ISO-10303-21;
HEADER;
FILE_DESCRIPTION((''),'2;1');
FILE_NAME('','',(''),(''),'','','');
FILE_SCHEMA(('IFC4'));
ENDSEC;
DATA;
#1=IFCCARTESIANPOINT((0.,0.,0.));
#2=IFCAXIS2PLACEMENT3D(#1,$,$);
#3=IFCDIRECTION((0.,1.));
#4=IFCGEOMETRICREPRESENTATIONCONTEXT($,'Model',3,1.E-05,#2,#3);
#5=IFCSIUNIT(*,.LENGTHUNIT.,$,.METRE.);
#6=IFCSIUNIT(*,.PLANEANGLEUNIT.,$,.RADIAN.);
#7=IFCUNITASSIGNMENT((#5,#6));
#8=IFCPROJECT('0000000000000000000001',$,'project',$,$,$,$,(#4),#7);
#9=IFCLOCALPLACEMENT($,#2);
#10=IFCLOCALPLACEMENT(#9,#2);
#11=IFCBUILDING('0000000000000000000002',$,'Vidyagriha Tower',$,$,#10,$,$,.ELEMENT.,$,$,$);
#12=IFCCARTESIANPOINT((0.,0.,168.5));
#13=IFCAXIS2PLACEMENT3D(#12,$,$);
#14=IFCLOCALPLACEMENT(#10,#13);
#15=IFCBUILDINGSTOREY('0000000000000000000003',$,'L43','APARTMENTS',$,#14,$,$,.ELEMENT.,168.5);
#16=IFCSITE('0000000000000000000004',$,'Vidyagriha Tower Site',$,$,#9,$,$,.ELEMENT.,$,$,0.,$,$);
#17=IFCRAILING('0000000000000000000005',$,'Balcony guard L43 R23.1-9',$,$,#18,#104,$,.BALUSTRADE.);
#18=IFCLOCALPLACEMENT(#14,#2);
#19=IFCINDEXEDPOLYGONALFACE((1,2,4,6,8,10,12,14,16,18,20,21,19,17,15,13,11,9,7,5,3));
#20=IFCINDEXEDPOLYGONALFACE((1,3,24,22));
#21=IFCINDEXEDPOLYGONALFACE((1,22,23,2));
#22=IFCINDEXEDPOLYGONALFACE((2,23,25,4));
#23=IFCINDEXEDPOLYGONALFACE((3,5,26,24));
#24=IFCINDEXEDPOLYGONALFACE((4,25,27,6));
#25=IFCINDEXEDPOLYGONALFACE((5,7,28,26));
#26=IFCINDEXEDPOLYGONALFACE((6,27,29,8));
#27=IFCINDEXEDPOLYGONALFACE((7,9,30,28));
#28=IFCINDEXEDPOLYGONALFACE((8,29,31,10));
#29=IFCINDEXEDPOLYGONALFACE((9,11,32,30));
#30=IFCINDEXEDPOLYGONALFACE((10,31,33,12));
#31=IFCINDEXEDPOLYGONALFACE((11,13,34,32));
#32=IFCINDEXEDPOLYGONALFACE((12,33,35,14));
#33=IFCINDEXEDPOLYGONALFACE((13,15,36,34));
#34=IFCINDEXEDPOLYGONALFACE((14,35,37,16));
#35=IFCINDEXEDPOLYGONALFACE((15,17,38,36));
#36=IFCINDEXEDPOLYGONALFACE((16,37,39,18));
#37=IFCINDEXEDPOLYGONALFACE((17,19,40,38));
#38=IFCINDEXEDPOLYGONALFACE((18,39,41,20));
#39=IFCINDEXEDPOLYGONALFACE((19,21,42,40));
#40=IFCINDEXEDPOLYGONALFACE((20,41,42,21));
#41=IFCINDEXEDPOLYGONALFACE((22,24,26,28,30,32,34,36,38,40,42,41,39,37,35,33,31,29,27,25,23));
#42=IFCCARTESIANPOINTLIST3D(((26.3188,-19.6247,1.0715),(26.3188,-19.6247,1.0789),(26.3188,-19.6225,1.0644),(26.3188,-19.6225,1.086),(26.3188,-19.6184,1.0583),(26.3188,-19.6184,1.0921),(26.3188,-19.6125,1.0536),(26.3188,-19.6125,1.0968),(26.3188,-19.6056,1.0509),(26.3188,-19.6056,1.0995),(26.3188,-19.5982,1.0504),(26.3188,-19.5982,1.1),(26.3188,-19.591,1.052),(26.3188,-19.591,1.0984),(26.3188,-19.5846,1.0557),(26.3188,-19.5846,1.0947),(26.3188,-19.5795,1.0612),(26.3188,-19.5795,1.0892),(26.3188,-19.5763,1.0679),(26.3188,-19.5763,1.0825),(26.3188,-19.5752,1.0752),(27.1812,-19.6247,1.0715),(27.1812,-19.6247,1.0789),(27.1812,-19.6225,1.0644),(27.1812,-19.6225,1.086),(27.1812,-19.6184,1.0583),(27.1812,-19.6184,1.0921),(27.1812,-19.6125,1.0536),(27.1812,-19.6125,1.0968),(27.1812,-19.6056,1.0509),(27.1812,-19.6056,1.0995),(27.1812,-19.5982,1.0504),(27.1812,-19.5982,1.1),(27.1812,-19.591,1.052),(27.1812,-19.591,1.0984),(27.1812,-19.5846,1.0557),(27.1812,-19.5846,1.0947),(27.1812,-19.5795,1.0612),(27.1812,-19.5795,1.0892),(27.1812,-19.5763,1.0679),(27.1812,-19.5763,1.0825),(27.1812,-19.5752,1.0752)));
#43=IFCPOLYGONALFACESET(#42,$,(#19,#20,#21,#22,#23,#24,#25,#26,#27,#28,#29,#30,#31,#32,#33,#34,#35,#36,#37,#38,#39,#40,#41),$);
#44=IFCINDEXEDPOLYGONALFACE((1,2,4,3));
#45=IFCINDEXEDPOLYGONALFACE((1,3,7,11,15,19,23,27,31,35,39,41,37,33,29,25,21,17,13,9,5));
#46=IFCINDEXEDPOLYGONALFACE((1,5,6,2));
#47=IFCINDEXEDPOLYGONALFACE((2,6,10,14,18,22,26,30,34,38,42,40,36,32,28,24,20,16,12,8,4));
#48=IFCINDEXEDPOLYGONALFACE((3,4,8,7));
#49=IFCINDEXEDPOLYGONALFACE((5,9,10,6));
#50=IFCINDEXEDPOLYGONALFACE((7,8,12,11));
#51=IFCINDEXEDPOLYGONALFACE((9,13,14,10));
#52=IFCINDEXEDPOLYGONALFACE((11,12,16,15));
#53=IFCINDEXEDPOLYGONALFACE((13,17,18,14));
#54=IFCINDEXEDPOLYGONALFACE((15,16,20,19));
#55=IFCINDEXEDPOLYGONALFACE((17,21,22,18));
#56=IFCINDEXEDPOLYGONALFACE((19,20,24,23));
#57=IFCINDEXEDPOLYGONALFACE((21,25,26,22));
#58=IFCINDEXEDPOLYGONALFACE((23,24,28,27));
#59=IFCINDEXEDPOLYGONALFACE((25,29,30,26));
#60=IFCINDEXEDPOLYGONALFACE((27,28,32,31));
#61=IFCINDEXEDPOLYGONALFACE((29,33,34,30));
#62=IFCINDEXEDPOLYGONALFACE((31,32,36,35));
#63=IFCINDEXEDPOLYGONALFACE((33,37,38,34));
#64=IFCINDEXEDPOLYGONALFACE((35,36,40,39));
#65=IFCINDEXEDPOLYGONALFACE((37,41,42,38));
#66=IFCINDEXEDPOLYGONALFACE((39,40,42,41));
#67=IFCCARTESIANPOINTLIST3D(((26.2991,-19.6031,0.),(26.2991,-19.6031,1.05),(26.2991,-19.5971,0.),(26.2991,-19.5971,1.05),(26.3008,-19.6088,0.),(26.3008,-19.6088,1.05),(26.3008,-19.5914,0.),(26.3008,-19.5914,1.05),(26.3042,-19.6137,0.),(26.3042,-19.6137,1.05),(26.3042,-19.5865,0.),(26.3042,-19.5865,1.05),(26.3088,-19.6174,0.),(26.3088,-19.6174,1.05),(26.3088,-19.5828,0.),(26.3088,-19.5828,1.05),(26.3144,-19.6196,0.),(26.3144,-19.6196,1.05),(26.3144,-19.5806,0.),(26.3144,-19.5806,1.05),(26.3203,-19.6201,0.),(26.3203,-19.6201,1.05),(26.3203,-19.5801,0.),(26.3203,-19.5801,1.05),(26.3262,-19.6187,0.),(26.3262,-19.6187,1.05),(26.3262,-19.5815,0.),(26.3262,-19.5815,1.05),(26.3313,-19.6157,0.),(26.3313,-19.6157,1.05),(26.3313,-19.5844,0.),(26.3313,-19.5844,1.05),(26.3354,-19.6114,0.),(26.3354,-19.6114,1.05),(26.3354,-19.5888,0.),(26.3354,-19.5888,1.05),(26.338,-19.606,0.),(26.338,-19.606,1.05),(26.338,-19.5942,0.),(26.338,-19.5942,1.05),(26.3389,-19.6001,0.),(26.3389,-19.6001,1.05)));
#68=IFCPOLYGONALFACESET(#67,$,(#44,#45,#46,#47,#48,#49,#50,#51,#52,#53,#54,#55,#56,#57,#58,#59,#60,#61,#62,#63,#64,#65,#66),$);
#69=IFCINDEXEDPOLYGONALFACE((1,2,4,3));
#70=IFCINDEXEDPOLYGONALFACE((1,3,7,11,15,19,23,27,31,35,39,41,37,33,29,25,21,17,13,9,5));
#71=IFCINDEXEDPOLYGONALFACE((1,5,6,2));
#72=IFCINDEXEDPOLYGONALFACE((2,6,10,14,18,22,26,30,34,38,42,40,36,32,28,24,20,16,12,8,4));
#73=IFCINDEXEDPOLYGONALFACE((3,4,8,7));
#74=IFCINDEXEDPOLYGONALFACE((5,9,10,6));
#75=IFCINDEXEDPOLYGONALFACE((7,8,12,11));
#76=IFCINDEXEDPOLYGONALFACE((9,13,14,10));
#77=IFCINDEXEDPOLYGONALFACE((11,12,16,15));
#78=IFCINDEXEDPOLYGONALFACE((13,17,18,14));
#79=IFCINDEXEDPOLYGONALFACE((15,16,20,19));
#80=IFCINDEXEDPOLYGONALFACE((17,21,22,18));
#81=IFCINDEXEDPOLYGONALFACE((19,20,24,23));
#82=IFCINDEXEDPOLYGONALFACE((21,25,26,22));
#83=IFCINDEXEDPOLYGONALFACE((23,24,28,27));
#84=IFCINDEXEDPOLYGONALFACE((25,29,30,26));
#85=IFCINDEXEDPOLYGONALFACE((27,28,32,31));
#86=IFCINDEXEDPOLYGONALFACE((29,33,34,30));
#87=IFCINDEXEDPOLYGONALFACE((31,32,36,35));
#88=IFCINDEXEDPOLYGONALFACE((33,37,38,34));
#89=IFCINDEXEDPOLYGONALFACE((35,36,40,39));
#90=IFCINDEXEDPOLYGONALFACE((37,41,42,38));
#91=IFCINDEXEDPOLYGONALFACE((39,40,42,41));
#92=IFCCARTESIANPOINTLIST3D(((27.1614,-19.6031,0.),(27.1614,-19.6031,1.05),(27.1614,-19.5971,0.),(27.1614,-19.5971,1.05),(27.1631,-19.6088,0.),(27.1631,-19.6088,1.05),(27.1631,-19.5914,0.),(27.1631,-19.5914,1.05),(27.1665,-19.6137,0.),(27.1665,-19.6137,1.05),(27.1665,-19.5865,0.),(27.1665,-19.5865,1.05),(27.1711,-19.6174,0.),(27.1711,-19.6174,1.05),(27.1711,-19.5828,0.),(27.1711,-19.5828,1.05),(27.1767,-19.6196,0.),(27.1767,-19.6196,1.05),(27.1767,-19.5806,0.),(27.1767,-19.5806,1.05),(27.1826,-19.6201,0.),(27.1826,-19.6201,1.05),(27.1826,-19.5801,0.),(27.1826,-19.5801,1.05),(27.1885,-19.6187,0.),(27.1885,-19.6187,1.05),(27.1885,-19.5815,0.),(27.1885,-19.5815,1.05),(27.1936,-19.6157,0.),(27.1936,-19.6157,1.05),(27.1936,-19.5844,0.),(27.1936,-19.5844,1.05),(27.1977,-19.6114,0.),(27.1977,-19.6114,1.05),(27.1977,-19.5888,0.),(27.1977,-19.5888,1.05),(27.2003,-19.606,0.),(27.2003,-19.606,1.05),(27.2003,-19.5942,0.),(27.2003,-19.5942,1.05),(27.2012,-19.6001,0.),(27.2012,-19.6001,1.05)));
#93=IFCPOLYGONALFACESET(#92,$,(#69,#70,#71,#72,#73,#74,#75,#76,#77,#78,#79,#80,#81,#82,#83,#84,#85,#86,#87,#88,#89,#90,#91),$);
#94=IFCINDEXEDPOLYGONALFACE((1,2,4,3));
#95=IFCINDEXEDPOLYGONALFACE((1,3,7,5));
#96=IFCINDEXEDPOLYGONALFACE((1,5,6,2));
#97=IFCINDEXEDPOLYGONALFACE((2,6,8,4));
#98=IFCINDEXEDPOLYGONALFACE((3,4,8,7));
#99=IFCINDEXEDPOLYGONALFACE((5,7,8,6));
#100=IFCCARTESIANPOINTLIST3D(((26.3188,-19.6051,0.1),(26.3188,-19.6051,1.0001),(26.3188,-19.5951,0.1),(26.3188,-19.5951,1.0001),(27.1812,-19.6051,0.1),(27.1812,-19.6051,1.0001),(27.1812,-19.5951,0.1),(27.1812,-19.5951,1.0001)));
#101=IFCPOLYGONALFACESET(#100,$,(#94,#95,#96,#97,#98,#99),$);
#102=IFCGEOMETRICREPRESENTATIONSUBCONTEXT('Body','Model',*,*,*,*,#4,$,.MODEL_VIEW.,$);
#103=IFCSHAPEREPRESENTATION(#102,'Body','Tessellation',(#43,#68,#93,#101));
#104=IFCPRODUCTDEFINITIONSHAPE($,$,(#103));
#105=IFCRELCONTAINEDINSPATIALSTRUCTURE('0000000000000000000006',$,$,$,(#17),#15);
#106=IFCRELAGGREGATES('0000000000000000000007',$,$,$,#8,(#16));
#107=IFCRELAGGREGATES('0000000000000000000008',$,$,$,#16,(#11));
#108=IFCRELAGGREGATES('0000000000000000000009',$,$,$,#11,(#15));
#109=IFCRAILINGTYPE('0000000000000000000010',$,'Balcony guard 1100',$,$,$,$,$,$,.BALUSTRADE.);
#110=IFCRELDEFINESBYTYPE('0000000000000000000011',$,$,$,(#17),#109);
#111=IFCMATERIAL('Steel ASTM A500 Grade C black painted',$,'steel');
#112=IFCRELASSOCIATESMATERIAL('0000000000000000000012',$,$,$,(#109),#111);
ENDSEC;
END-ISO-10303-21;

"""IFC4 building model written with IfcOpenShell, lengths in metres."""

from ifc_helpers import new_model, si_unit, direction, frame, origin, origin_2d, place, context, subcontext, project, spatial, rectangle, circle, extrude, material, type_object, element, save


model = new_model("IFC4")

# Units and contexts
model_context = context("Model", 3, precision=1e-05, world=origin(), true_north=direction((0.0, 1.0)))
body_context = subcontext(model_context, "Body", "Model", "MODEL_VIEW")
ifc_project = project(units=[si_unit("LENGTHUNIT", "METRE"), si_unit("PLANEANGLEUNIT", "RADIAN")], contexts=[model_context])

# Site, building, storey
site_placement = place(None, origin())
site = spatial("IfcSite", under=ifc_project, at=site_placement, Name="Vidyagriha Tower Site", CompositionType="ELEMENT", RefElevation=0.0)
building_placement = place(site_placement, origin())
building = spatial("IfcBuilding", under=site, at=building_placement, Name="Vidyagriha Tower", CompositionType="ELEMENT")
storey_placement = place(building_placement, frame((0.0, 0.0, 168.5)))
storey = spatial("IfcBuildingStorey", under=building, at=storey_placement, Name="L43", Description="APARTMENTS", CompositionType="ELEMENT", Elevation=168.5)

# Railing
ifc_material_1 = material(Name="Steel ASTM A500 Grade C black painted", Category="steel")
railing_type_1 = type_object("IfcRailingType", Name="Balcony guard 1100", PredefinedType="BALUSTRADE", material=ifc_material_1)
railing_1_placement = place(storey_placement, frame((26.3188, -19.6001, 0.0)))
element("IfcRailing", 1, at=railing_1_placement, inside=storey, type_object=railing_type_1, Name="Balcony guard L43 R23.1-9", PredefinedType="BALUSTRADE", context=body_context, shape_type="SweptSolid", body=[
    extrude(circle(Radius=0.0249, at=origin_2d()), frame((0.0, 0.0, 1.0752), z_axis=(1.0, 0.0, 0.0), x_axis=(0.0, 1.0, 0.0)), (0.0, 0.0, 1.0), 0.8623),
    extrude(circle(Radius=0.02, at=origin_2d()), origin(), (0.0, 0.0, 1.0), 1.05),
    extrude(circle(Radius=0.02, at=origin_2d()), frame((0.8623, 0.0, 0.0)), (0.0, 0.0, 1.0), 1.05),
    extrude(rectangle(XDim=0.01, YDim=0.9001, at=origin_2d()), frame((0.0, 0.0, 0.55), z_axis=(1.0, 0.0, 0.0), x_axis=(0.0, 1.0, 0.0)), (0.0, 0.0, 1.0), 0.8623),
])

save(model, "model.ifc")
